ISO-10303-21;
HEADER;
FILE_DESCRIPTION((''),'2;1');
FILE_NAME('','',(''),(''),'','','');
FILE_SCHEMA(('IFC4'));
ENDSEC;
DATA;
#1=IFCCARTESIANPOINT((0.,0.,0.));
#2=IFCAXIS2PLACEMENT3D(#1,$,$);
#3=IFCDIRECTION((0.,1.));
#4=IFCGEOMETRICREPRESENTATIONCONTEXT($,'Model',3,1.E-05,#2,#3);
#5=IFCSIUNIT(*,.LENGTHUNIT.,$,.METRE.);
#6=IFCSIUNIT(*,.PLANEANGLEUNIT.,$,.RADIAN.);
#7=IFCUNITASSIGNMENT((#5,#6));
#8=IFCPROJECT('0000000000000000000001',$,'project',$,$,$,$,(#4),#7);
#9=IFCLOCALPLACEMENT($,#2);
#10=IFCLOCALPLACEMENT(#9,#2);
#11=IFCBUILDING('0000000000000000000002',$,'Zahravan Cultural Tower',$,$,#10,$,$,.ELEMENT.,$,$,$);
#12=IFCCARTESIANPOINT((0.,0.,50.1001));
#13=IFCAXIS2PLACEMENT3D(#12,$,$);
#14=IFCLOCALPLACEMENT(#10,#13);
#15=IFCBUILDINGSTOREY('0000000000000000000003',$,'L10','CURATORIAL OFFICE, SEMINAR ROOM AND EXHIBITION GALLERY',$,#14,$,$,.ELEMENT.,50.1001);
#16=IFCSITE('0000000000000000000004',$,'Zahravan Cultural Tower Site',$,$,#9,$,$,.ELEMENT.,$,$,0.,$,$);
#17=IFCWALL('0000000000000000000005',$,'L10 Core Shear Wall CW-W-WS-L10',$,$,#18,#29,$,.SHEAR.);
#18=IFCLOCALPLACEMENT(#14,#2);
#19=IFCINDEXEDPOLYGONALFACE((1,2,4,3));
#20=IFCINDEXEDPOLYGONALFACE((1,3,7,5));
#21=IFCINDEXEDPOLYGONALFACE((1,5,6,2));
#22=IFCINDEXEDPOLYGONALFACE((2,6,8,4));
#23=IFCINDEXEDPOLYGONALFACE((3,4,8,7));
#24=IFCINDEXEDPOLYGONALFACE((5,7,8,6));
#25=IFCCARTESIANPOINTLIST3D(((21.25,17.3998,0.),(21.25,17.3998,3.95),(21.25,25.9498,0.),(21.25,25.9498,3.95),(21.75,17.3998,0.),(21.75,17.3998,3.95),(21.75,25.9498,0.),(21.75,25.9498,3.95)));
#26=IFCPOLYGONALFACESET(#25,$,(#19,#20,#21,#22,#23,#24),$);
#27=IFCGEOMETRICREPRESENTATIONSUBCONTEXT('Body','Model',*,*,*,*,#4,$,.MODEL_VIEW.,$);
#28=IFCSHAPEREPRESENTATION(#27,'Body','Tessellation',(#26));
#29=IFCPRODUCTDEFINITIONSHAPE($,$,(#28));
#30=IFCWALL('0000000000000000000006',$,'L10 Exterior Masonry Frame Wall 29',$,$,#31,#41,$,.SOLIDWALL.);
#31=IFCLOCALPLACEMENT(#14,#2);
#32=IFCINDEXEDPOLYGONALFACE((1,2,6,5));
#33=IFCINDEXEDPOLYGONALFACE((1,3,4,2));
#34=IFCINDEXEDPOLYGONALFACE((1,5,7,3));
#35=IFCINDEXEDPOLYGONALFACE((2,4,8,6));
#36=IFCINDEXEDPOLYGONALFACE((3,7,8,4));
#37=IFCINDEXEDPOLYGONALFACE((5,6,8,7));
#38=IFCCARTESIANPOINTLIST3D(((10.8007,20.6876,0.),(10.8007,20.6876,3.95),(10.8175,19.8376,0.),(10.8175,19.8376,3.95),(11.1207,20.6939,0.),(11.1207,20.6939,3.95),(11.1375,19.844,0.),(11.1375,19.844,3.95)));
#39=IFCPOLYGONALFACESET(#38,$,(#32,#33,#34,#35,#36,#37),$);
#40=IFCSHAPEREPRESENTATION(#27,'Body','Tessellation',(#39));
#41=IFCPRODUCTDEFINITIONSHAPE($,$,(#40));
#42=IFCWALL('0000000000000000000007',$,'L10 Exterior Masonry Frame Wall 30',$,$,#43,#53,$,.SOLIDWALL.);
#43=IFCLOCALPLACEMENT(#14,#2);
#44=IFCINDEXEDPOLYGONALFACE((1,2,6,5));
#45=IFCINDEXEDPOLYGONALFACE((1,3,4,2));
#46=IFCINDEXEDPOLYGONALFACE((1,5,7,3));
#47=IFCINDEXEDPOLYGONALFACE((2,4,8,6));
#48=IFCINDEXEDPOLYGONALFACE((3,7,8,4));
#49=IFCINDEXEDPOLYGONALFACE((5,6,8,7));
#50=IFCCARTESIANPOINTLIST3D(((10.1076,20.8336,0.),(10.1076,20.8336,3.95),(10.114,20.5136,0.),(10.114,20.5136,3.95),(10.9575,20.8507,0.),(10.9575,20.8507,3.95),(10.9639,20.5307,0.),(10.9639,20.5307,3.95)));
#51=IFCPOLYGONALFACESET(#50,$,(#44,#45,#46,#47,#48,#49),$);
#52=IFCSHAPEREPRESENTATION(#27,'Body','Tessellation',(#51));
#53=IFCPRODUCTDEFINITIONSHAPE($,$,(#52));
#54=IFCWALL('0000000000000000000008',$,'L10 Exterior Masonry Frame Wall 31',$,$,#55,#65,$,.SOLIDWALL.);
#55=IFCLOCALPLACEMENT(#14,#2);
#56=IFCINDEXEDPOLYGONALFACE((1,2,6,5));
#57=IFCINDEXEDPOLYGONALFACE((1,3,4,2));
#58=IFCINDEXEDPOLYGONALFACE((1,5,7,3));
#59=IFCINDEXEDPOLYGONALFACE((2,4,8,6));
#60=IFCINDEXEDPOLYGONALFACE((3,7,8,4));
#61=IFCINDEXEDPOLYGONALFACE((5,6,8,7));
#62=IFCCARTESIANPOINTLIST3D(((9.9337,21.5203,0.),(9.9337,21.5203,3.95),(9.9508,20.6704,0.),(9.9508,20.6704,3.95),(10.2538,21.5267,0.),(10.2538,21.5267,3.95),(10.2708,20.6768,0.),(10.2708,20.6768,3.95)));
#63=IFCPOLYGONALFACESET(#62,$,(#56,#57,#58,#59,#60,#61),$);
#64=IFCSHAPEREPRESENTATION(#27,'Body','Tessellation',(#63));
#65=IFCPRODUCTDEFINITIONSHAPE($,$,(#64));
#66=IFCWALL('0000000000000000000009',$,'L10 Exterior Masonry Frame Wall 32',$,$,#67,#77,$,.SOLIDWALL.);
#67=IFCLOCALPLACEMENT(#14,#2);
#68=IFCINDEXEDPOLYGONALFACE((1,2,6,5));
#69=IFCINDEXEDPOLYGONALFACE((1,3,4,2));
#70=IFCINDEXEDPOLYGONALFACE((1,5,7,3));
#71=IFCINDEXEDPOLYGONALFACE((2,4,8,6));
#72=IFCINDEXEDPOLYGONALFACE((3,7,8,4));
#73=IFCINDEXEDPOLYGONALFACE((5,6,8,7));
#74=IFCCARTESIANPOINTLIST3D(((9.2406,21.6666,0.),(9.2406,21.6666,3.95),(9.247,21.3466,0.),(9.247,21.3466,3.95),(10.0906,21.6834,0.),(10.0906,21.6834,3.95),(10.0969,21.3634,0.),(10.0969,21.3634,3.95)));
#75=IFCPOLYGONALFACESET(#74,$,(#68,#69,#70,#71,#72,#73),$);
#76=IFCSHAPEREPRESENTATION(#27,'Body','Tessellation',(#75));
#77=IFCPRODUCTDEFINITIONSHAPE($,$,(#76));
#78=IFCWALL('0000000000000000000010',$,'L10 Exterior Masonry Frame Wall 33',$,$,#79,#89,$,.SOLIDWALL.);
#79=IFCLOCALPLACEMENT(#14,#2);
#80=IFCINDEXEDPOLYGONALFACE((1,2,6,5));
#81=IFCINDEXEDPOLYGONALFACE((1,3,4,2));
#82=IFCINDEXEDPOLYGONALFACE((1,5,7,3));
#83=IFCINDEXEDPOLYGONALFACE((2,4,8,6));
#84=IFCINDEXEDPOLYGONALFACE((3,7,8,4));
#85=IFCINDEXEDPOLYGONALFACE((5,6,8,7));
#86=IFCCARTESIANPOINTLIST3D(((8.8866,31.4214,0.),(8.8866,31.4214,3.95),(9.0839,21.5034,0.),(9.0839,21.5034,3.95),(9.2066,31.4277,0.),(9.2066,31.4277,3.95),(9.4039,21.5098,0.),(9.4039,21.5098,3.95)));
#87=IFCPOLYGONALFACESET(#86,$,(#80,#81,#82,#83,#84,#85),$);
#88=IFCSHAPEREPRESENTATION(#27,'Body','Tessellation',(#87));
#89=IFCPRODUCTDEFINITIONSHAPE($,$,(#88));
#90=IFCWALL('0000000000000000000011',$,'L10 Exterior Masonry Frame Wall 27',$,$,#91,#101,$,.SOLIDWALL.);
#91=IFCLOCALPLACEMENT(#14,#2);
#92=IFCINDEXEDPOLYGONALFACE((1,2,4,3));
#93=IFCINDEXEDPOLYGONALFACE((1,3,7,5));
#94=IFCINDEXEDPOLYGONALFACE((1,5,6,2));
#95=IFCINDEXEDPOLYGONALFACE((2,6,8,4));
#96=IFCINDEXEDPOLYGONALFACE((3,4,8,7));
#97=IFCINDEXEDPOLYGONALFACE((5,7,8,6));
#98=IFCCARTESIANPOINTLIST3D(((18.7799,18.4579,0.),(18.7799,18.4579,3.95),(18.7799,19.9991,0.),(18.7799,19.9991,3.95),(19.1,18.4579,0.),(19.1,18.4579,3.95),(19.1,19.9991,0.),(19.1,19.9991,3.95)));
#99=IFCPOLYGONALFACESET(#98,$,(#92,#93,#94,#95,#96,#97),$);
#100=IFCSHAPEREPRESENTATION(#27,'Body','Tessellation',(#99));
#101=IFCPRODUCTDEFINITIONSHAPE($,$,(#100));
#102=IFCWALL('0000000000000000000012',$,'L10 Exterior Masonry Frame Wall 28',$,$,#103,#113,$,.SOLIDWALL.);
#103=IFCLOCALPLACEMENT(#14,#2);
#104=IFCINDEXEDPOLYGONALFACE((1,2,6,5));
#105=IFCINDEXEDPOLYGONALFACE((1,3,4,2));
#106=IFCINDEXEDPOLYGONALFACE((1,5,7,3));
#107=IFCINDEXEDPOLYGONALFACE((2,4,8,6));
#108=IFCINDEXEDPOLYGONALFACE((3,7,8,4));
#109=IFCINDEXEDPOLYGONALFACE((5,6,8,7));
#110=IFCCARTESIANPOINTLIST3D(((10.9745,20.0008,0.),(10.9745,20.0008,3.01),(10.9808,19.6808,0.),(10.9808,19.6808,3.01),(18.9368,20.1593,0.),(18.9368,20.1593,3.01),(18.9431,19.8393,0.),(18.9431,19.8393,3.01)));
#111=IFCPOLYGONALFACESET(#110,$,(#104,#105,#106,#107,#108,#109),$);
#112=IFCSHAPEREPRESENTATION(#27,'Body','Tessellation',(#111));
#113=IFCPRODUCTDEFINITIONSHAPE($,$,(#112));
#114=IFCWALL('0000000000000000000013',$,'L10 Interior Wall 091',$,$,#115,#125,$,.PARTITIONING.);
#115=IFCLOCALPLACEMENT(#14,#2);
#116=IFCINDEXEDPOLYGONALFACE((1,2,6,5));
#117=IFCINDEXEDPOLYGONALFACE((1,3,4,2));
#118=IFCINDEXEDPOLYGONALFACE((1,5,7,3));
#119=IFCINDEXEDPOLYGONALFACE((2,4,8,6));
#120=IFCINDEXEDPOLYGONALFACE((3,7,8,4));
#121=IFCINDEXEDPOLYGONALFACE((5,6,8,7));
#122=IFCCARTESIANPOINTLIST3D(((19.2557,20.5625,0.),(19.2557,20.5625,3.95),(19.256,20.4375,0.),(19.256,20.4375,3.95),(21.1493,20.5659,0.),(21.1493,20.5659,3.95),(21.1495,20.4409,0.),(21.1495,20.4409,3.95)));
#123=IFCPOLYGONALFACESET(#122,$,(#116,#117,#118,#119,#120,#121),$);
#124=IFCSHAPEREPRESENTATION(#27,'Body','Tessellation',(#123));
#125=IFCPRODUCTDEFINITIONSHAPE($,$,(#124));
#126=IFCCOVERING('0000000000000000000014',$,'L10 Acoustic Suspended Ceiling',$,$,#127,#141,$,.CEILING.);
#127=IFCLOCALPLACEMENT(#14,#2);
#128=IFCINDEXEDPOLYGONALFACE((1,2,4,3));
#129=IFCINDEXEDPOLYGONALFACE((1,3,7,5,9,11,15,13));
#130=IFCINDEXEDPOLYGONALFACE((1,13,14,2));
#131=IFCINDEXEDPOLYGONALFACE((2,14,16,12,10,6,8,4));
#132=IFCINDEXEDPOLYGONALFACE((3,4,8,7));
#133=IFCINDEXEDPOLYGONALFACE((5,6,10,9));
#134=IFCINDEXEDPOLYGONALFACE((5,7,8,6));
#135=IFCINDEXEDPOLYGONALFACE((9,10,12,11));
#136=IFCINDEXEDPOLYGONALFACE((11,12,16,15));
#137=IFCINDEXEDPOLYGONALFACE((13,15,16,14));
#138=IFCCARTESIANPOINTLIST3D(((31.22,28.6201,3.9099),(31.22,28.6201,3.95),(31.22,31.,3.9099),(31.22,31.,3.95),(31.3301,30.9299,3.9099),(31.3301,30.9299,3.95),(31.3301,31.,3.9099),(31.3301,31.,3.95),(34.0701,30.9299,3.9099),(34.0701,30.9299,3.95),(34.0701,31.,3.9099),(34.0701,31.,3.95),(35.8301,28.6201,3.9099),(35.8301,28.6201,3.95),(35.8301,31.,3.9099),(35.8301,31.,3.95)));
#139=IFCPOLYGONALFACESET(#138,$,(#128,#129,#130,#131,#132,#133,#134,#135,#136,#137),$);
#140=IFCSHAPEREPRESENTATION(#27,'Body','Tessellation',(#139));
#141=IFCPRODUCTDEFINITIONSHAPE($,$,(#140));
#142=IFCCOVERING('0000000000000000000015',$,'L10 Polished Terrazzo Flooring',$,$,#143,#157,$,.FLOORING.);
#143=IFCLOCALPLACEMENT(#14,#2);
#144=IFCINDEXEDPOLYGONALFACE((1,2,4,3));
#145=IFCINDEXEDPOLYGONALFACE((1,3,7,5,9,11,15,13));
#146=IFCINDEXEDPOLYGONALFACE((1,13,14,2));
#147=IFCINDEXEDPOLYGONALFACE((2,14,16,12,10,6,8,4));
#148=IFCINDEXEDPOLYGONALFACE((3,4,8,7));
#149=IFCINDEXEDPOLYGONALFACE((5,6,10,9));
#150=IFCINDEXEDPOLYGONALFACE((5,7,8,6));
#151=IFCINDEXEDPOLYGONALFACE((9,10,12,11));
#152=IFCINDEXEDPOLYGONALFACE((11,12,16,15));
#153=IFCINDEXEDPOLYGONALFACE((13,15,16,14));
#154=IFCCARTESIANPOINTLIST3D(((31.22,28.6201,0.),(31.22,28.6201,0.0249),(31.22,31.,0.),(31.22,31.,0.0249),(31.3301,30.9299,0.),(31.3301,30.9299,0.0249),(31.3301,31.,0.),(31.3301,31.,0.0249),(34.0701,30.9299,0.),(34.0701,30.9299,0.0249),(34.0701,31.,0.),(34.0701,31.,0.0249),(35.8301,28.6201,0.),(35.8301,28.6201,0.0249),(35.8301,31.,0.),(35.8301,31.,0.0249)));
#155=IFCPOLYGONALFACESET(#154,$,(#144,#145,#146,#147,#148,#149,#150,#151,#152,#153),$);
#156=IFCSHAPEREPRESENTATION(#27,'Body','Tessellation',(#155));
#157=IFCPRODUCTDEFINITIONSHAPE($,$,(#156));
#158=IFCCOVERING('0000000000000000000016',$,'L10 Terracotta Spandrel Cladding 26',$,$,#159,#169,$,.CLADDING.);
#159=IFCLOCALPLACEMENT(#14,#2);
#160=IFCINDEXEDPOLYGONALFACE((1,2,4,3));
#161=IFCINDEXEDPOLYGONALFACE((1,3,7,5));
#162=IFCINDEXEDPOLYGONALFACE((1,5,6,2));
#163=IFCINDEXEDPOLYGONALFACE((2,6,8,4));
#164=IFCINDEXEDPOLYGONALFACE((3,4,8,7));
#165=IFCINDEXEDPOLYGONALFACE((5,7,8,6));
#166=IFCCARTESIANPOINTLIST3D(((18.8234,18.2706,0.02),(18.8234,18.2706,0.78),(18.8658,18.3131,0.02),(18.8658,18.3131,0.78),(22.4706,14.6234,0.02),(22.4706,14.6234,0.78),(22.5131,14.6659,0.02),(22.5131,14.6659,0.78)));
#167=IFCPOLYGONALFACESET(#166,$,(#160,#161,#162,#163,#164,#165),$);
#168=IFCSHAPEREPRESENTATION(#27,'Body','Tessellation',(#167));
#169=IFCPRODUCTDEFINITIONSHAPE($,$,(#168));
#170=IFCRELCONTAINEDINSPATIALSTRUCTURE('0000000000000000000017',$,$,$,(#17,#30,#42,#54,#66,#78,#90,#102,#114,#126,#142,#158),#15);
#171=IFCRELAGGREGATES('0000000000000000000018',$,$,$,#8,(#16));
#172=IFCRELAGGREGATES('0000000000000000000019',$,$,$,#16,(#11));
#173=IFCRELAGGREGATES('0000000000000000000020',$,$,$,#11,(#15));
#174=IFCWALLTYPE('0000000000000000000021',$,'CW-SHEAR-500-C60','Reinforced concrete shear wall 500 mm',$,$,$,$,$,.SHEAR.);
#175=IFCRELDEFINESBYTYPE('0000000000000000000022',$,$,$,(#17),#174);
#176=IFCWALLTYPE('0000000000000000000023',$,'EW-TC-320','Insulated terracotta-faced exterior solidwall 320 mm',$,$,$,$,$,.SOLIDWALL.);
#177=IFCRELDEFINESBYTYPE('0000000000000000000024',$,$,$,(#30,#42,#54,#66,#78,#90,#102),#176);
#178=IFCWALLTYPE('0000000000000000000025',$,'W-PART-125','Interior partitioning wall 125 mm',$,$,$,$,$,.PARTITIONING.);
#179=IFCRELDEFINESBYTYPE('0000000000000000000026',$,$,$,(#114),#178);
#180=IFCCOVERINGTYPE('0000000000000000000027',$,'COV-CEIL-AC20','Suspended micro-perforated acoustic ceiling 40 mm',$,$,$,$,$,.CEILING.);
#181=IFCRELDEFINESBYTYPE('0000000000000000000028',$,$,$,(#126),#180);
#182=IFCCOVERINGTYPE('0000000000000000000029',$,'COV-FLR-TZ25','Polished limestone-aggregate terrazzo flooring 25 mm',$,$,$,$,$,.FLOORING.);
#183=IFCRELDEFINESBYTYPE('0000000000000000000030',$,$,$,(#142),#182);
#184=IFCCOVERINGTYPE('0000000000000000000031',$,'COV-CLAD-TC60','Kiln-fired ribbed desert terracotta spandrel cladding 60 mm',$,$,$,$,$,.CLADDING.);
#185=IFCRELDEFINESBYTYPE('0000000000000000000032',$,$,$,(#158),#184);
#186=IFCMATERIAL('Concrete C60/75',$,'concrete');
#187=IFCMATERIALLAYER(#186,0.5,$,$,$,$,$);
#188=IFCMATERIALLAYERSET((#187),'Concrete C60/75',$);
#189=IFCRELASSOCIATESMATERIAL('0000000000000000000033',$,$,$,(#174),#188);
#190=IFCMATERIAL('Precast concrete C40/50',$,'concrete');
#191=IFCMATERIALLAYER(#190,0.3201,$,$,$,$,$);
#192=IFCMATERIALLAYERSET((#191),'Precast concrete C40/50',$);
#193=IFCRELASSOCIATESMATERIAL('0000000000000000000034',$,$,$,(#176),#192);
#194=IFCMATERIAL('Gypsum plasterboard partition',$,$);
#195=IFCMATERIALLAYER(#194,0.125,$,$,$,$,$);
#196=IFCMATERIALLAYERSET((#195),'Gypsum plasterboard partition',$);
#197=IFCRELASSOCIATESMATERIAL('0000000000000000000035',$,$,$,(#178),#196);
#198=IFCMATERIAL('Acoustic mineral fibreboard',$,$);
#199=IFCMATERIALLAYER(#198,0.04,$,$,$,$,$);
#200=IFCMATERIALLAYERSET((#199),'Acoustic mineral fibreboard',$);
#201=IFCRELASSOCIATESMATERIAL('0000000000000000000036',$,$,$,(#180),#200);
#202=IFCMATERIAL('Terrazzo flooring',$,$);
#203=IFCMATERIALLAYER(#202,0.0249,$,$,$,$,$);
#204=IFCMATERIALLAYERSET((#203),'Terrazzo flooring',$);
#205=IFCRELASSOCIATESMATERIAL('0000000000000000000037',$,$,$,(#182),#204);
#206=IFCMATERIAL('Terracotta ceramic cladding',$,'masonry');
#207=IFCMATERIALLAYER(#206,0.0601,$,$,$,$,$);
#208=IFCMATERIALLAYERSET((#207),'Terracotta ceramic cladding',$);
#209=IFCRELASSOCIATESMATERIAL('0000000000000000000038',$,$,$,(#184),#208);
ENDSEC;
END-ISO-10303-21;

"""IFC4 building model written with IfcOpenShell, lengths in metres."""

from ifc_helpers import new_model, si_unit, direction, frame, frame_2d, origin, origin_2d, place, context, subcontext, project, spatial, polyline, rectangle, outline, extrude, source, transform, mapped, material, layer, layer_set, type_object, element, save


model = new_model("IFC4")

# Units and contexts
model_context = context("Model", 3, precision=1e-05, world=origin(), true_north=direction((0.0, 1.0)))
body_context = subcontext(model_context, "Body", "Model", "MODEL_VIEW")
ifc_project = project(units=[si_unit("LENGTHUNIT", "METRE"), si_unit("PLANEANGLEUNIT", "RADIAN")], contexts=[model_context])

# Site, building, storey
site_placement = place(None, origin())
site = spatial("IfcSite", under=ifc_project, at=site_placement, Name="Zahravan Cultural Tower Site", CompositionType="ELEMENT", RefElevation=0.0)
building_placement = place(site_placement, origin())
building = spatial("IfcBuilding", under=site, at=building_placement, Name="Zahravan Cultural Tower", CompositionType="ELEMENT")
storey_placement = place(building_placement, frame((0.0, 0.0, 50.1001)))
storey = spatial("IfcBuildingStorey", under=building, at=storey_placement, Name="L10", Description="CURATORIAL OFFICE, SEMINAR ROOM AND EXHIBITION GALLERY", CompositionType="ELEMENT", Elevation=50.1001)

# Shared definitions
ifc_material_1 = material(Name="Concrete C60/75", Category="concrete")

# Walls
ifc_layer_1 = layer(ifc_material_1, 0.5)
ifc_layer_set_1 = layer_set([ifc_layer_1], Name="Concrete C60/75")
wall_type_1 = type_object("IfcWallType", Name="CW-SHEAR-500-C60", Description="Reinforced concrete shear wall 500 mm", PredefinedType="SHEAR", material=ifc_layer_set_1)
shared_shape_1 = source(origin(), body_context, "Body", "SweptSolid", [
    extrude(rectangle(XDim=8.55, YDim=0.5, at=frame_2d((4.2749, 0.0))), origin(), (0.0, 0.0, 1.0), 3.95),
])
wall_1_placement = place(storey_placement, frame((21.5, 17.3999, 0.0), z_axis=(0.0, 0.0, 1.0), x_axis=(0.0, 1.0, 0.0)))
element("IfcWall", 1, at=wall_1_placement, inside=storey, type_object=wall_type_1, Name="L10 Core Shear Wall CW-W-WS-L10", PredefinedType="SHEAR", context=body_context, shape_type="MappedRepresentation", body=[
    mapped(shared_shape_1, transform((0.0, 0.0, 0.0), x_axis=(1.0, 0.0, 0.0), y_axis=(0.0, 1.0, 0.0), z_axis=(0.0, 0.0, 1.0), scale=1.0)),
])
ifc_material_2 = material(Name="Precast concrete C40/50", Category="concrete")
ifc_layer_2 = layer(ifc_material_2, 0.3201)
ifc_layer_set_2 = layer_set([ifc_layer_2], Name="Precast concrete C40/50")
wall_type_2 = type_object("IfcWallType", Name="EW-TC-320", Description="Insulated terracotta-faced exterior solidwall 320 mm", PredefinedType="SOLIDWALL", material=ifc_layer_set_2)
shared_shape_2 = source(origin(), body_context, "Body", "SweptSolid", [
    extrude(rectangle(XDim=0.8501, YDim=0.3201, at=frame_2d((0.425, 0.0))), origin(), (0.0, 0.0, 1.0), 3.95),
])
for number, where, z_axis, x_axis, name in (
    (2, (10.9775, 19.8408, 0.0), (0.0, 0.0, 1.0), (-0.019818, 0.999804, 0.0), "L10 Exterior Masonry Frame Wall 29"),
    (3, (10.9607, 20.6907, 0.0), (0.0, 0.0, 1.0), (-0.999798, -0.020105, 0.0), "L10 Exterior Masonry Frame Wall 30"),
    (4, (10.1108, 20.6736, 0.0), (0.0, 0.0, 1.0), (-0.020105, 0.999798, 0.0), "L10 Exterior Masonry Frame Wall 31"),
    (5, (10.0938, 21.5234, 0.0), (0.0, 0.0, 1.0), (-0.999804, -0.019818, 0.0), "L10 Exterior Masonry Frame Wall 32"),
):
    element("IfcWall", number, at=place(storey_placement, frame(where, z_axis=z_axis, x_axis=x_axis)), inside=storey, type_object=wall_type_2, Name=name, PredefinedType="SOLIDWALL", context=body_context, shape_type="MappedRepresentation", body=[
        mapped(shared_shape_2, transform((0.0, 0.0, 0.0), x_axis=(1.0, 0.0, 0.0), y_axis=(0.0, 1.0, 0.0), z_axis=(0.0, 0.0, 1.0), scale=1.0)),
    ])
shared_shape_3 = source(origin(), body_context, "Body", "SweptSolid", [
    extrude(rectangle(XDim=9.9199, YDim=0.3201, at=frame_2d((4.96, 0.0))), origin(), (0.0, 0.0, 1.0), 3.95),
])
wall_2_placement = place(storey_placement, frame((9.2439, 21.5066, 0.0), z_axis=(0.0, 0.0, 1.0), x_axis=(-0.019886, 0.999802, 0.0)))
element("IfcWall", 6, at=wall_2_placement, inside=storey, type_object=wall_type_2, Name="L10 Exterior Masonry Frame Wall 33", PredefinedType="SOLIDWALL", context=body_context, shape_type="MappedRepresentation", body=[
    mapped(shared_shape_3, transform((0.0, 0.0, 0.0), x_axis=(1.0, 0.0, 0.0), y_axis=(0.0, 1.0, 0.0), z_axis=(0.0, 0.0, 1.0), scale=1.0)),
])
shared_shape_4 = source(origin(), body_context, "Body", "SweptSolid", [
    extrude(rectangle(XDim=1.5413, YDim=0.3201, at=frame_2d((0.7705, 0.0))), origin(), (0.0, 0.0, 1.0), 3.95),
])
wall_3_placement = place(storey_placement, frame((18.9399, 18.458, 0.0), z_axis=(0.0, 0.0, 1.0), x_axis=(0.0, 1.0, 0.0)))
element("IfcWall", 7, at=wall_3_placement, inside=storey, type_object=wall_type_2, Name="L10 Exterior Masonry Frame Wall 27", PredefinedType="SOLIDWALL", context=body_context, shape_type="MappedRepresentation", body=[
    mapped(shared_shape_4, transform((0.0, 0.0, 0.0), x_axis=(1.0, 0.0, 0.0), y_axis=(0.0, 1.0, 0.0), z_axis=(0.0, 0.0, 1.0), scale=1.0)),
])
shared_shape_5 = source(origin(), body_context, "Body", "SweptSolid", [
    extrude(rectangle(XDim=7.9639, YDim=0.3201, at=frame_2d((3.9819, 0.0))), origin(), (0.0, 0.0, 1.0), 3.01),
])
wall_4_placement = place(storey_placement, frame((18.9399, 19.9993, 0.0), z_axis=(0.0, 0.0, 1.0), x_axis=(-0.999802, -0.019895, 0.0)))
element("IfcWall", 8, at=wall_4_placement, inside=storey, type_object=wall_type_2, Name="L10 Exterior Masonry Frame Wall 28", PredefinedType="SOLIDWALL", context=body_context, shape_type="MappedRepresentation", body=[
    mapped(shared_shape_5, transform((0.0, 0.0, 0.0), x_axis=(1.0, 0.0, 0.0), y_axis=(0.0, 1.0, 0.0), z_axis=(0.0, 0.0, 1.0), scale=1.0)),
])
ifc_material_3 = material(Name="Gypsum plasterboard partition")
ifc_layer_3 = layer(ifc_material_3, 0.125)
ifc_layer_set_3 = layer_set([ifc_layer_3], Name="Gypsum plasterboard partition")
wall_type_3 = type_object("IfcWallType", Name="W-PART-125", Description="Interior partitioning wall 125 mm", PredefinedType="PARTITIONING", material=ifc_layer_set_3)
shared_shape_6 = source(origin(), body_context, "Body", "SweptSolid", [
    extrude(rectangle(XDim=1.8936, YDim=0.125, at=frame_2d((0.9468, 0.0))), origin(), (0.0, 0.0, 1.0), 3.95),
])
wall_5_placement = place(storey_placement, frame((19.2559, 20.5, 0.0), z_axis=(0.0, 0.0, 1.0), x_axis=(0.999998, 0.001805, 0.0)))
element("IfcWall", 9, at=wall_5_placement, inside=storey, type_object=wall_type_3, Name="L10 Interior Wall 091", PredefinedType="PARTITIONING", context=body_context, shape_type="MappedRepresentation", body=[
    mapped(shared_shape_6, transform((0.0, 0.0, 0.0), x_axis=(1.0, 0.0, 0.0), y_axis=(0.0, 1.0, 0.0), z_axis=(0.0, 0.0, 1.0), scale=1.0)),
])

# Coverings
ifc_material_4 = material(Name="Acoustic mineral fibreboard")
ifc_layer_4 = layer(ifc_material_4, 0.04)
ifc_layer_set_4 = layer_set([ifc_layer_4], Name="Acoustic mineral fibreboard")
covering_type_1 = type_object("IfcCoveringType", Name="COV-CEIL-AC20", Description="Suspended micro-perforated acoustic ceiling 40 mm", PredefinedType="CEILING", material=ifc_layer_set_4)
covering_1_placement = place(storey_placement, frame((0.0, 0.0, 3.9099)))
element("IfcCovering", 10, at=covering_1_placement, inside=storey, type_object=covering_type_1, Name="L10 Acoustic Suspended Ceiling", PredefinedType="CEILING", context=body_context, shape_type="SweptSolid", body=[
    extrude(outline(polyline([(31.22, 31.0), (31.22, 28.6201), (35.8301, 28.6201), (35.8301, 31.0), (34.0701, 31.0), (34.0701, 30.9299), (31.3301, 30.9299), (31.3301, 31.0), (31.22, 31.0)])), origin(), (0.0, 0.0, 1.0), 0.04),
])
ifc_material_5 = material(Name="Terrazzo flooring")
ifc_layer_5 = layer(ifc_material_5, 0.0249)
ifc_layer_set_5 = layer_set([ifc_layer_5], Name="Terrazzo flooring")
covering_type_2 = type_object("IfcCoveringType", Name="COV-FLR-TZ25", Description="Polished limestone-aggregate terrazzo flooring 25 mm", PredefinedType="FLOORING", material=ifc_layer_set_5)
covering_2_placement = place(storey_placement, origin())
element("IfcCovering", 11, at=covering_2_placement, inside=storey, type_object=covering_type_2, Name="L10 Polished Terrazzo Flooring", PredefinedType="FLOORING", context=body_context, shape_type="SweptSolid", body=[
    extrude(outline(polyline([(31.22, 31.0), (31.22, 28.6201), (35.8301, 28.6201), (35.8301, 31.0), (34.0701, 31.0), (34.0701, 30.9299), (31.3301, 30.9299), (31.3301, 31.0), (31.22, 31.0)])), origin(), (0.0, 0.0, 1.0), 0.0249),
])
ifc_material_6 = material(Name="Terracotta ceramic cladding", Category="masonry")
ifc_layer_6 = layer(ifc_material_6, 0.0601)
ifc_layer_set_6 = layer_set([ifc_layer_6], Name="Terracotta ceramic cladding")
covering_type_3 = type_object("IfcCoveringType", Name="COV-CLAD-TC60", Description="Kiln-fired ribbed desert terracotta spandrel cladding 60 mm", PredefinedType="CLADDING", material=ifc_layer_set_6)
shared_shape_7 = source(origin(), body_context, "Body", "SweptSolid", [
    extrude(rectangle(XDim=5.158, YDim=0.0601, at=origin_2d()), origin(), (0.0, 0.0, 1.0), 0.76),
])
covering_3_placement = place(storey_placement, frame((20.6682, 16.4683, 0.02), z_axis=(0.0, 0.0, 1.0), x_axis=(-0.707107, 0.707107, 0.0)))
element("IfcCovering", 12, at=covering_3_placement, inside=storey, type_object=covering_type_3, Name="L10 Terracotta Spandrel Cladding 26", PredefinedType="CLADDING", context=body_context, shape_type="MappedRepresentation", body=[
    mapped(shared_shape_7, transform((0.0, 0.0, 0.0), x_axis=(1.0, 0.0, 0.0), y_axis=(0.0, 1.0, 0.0), z_axis=(0.0, 0.0, 1.0), scale=1.0)),
])

save(model, "model.ifc")
